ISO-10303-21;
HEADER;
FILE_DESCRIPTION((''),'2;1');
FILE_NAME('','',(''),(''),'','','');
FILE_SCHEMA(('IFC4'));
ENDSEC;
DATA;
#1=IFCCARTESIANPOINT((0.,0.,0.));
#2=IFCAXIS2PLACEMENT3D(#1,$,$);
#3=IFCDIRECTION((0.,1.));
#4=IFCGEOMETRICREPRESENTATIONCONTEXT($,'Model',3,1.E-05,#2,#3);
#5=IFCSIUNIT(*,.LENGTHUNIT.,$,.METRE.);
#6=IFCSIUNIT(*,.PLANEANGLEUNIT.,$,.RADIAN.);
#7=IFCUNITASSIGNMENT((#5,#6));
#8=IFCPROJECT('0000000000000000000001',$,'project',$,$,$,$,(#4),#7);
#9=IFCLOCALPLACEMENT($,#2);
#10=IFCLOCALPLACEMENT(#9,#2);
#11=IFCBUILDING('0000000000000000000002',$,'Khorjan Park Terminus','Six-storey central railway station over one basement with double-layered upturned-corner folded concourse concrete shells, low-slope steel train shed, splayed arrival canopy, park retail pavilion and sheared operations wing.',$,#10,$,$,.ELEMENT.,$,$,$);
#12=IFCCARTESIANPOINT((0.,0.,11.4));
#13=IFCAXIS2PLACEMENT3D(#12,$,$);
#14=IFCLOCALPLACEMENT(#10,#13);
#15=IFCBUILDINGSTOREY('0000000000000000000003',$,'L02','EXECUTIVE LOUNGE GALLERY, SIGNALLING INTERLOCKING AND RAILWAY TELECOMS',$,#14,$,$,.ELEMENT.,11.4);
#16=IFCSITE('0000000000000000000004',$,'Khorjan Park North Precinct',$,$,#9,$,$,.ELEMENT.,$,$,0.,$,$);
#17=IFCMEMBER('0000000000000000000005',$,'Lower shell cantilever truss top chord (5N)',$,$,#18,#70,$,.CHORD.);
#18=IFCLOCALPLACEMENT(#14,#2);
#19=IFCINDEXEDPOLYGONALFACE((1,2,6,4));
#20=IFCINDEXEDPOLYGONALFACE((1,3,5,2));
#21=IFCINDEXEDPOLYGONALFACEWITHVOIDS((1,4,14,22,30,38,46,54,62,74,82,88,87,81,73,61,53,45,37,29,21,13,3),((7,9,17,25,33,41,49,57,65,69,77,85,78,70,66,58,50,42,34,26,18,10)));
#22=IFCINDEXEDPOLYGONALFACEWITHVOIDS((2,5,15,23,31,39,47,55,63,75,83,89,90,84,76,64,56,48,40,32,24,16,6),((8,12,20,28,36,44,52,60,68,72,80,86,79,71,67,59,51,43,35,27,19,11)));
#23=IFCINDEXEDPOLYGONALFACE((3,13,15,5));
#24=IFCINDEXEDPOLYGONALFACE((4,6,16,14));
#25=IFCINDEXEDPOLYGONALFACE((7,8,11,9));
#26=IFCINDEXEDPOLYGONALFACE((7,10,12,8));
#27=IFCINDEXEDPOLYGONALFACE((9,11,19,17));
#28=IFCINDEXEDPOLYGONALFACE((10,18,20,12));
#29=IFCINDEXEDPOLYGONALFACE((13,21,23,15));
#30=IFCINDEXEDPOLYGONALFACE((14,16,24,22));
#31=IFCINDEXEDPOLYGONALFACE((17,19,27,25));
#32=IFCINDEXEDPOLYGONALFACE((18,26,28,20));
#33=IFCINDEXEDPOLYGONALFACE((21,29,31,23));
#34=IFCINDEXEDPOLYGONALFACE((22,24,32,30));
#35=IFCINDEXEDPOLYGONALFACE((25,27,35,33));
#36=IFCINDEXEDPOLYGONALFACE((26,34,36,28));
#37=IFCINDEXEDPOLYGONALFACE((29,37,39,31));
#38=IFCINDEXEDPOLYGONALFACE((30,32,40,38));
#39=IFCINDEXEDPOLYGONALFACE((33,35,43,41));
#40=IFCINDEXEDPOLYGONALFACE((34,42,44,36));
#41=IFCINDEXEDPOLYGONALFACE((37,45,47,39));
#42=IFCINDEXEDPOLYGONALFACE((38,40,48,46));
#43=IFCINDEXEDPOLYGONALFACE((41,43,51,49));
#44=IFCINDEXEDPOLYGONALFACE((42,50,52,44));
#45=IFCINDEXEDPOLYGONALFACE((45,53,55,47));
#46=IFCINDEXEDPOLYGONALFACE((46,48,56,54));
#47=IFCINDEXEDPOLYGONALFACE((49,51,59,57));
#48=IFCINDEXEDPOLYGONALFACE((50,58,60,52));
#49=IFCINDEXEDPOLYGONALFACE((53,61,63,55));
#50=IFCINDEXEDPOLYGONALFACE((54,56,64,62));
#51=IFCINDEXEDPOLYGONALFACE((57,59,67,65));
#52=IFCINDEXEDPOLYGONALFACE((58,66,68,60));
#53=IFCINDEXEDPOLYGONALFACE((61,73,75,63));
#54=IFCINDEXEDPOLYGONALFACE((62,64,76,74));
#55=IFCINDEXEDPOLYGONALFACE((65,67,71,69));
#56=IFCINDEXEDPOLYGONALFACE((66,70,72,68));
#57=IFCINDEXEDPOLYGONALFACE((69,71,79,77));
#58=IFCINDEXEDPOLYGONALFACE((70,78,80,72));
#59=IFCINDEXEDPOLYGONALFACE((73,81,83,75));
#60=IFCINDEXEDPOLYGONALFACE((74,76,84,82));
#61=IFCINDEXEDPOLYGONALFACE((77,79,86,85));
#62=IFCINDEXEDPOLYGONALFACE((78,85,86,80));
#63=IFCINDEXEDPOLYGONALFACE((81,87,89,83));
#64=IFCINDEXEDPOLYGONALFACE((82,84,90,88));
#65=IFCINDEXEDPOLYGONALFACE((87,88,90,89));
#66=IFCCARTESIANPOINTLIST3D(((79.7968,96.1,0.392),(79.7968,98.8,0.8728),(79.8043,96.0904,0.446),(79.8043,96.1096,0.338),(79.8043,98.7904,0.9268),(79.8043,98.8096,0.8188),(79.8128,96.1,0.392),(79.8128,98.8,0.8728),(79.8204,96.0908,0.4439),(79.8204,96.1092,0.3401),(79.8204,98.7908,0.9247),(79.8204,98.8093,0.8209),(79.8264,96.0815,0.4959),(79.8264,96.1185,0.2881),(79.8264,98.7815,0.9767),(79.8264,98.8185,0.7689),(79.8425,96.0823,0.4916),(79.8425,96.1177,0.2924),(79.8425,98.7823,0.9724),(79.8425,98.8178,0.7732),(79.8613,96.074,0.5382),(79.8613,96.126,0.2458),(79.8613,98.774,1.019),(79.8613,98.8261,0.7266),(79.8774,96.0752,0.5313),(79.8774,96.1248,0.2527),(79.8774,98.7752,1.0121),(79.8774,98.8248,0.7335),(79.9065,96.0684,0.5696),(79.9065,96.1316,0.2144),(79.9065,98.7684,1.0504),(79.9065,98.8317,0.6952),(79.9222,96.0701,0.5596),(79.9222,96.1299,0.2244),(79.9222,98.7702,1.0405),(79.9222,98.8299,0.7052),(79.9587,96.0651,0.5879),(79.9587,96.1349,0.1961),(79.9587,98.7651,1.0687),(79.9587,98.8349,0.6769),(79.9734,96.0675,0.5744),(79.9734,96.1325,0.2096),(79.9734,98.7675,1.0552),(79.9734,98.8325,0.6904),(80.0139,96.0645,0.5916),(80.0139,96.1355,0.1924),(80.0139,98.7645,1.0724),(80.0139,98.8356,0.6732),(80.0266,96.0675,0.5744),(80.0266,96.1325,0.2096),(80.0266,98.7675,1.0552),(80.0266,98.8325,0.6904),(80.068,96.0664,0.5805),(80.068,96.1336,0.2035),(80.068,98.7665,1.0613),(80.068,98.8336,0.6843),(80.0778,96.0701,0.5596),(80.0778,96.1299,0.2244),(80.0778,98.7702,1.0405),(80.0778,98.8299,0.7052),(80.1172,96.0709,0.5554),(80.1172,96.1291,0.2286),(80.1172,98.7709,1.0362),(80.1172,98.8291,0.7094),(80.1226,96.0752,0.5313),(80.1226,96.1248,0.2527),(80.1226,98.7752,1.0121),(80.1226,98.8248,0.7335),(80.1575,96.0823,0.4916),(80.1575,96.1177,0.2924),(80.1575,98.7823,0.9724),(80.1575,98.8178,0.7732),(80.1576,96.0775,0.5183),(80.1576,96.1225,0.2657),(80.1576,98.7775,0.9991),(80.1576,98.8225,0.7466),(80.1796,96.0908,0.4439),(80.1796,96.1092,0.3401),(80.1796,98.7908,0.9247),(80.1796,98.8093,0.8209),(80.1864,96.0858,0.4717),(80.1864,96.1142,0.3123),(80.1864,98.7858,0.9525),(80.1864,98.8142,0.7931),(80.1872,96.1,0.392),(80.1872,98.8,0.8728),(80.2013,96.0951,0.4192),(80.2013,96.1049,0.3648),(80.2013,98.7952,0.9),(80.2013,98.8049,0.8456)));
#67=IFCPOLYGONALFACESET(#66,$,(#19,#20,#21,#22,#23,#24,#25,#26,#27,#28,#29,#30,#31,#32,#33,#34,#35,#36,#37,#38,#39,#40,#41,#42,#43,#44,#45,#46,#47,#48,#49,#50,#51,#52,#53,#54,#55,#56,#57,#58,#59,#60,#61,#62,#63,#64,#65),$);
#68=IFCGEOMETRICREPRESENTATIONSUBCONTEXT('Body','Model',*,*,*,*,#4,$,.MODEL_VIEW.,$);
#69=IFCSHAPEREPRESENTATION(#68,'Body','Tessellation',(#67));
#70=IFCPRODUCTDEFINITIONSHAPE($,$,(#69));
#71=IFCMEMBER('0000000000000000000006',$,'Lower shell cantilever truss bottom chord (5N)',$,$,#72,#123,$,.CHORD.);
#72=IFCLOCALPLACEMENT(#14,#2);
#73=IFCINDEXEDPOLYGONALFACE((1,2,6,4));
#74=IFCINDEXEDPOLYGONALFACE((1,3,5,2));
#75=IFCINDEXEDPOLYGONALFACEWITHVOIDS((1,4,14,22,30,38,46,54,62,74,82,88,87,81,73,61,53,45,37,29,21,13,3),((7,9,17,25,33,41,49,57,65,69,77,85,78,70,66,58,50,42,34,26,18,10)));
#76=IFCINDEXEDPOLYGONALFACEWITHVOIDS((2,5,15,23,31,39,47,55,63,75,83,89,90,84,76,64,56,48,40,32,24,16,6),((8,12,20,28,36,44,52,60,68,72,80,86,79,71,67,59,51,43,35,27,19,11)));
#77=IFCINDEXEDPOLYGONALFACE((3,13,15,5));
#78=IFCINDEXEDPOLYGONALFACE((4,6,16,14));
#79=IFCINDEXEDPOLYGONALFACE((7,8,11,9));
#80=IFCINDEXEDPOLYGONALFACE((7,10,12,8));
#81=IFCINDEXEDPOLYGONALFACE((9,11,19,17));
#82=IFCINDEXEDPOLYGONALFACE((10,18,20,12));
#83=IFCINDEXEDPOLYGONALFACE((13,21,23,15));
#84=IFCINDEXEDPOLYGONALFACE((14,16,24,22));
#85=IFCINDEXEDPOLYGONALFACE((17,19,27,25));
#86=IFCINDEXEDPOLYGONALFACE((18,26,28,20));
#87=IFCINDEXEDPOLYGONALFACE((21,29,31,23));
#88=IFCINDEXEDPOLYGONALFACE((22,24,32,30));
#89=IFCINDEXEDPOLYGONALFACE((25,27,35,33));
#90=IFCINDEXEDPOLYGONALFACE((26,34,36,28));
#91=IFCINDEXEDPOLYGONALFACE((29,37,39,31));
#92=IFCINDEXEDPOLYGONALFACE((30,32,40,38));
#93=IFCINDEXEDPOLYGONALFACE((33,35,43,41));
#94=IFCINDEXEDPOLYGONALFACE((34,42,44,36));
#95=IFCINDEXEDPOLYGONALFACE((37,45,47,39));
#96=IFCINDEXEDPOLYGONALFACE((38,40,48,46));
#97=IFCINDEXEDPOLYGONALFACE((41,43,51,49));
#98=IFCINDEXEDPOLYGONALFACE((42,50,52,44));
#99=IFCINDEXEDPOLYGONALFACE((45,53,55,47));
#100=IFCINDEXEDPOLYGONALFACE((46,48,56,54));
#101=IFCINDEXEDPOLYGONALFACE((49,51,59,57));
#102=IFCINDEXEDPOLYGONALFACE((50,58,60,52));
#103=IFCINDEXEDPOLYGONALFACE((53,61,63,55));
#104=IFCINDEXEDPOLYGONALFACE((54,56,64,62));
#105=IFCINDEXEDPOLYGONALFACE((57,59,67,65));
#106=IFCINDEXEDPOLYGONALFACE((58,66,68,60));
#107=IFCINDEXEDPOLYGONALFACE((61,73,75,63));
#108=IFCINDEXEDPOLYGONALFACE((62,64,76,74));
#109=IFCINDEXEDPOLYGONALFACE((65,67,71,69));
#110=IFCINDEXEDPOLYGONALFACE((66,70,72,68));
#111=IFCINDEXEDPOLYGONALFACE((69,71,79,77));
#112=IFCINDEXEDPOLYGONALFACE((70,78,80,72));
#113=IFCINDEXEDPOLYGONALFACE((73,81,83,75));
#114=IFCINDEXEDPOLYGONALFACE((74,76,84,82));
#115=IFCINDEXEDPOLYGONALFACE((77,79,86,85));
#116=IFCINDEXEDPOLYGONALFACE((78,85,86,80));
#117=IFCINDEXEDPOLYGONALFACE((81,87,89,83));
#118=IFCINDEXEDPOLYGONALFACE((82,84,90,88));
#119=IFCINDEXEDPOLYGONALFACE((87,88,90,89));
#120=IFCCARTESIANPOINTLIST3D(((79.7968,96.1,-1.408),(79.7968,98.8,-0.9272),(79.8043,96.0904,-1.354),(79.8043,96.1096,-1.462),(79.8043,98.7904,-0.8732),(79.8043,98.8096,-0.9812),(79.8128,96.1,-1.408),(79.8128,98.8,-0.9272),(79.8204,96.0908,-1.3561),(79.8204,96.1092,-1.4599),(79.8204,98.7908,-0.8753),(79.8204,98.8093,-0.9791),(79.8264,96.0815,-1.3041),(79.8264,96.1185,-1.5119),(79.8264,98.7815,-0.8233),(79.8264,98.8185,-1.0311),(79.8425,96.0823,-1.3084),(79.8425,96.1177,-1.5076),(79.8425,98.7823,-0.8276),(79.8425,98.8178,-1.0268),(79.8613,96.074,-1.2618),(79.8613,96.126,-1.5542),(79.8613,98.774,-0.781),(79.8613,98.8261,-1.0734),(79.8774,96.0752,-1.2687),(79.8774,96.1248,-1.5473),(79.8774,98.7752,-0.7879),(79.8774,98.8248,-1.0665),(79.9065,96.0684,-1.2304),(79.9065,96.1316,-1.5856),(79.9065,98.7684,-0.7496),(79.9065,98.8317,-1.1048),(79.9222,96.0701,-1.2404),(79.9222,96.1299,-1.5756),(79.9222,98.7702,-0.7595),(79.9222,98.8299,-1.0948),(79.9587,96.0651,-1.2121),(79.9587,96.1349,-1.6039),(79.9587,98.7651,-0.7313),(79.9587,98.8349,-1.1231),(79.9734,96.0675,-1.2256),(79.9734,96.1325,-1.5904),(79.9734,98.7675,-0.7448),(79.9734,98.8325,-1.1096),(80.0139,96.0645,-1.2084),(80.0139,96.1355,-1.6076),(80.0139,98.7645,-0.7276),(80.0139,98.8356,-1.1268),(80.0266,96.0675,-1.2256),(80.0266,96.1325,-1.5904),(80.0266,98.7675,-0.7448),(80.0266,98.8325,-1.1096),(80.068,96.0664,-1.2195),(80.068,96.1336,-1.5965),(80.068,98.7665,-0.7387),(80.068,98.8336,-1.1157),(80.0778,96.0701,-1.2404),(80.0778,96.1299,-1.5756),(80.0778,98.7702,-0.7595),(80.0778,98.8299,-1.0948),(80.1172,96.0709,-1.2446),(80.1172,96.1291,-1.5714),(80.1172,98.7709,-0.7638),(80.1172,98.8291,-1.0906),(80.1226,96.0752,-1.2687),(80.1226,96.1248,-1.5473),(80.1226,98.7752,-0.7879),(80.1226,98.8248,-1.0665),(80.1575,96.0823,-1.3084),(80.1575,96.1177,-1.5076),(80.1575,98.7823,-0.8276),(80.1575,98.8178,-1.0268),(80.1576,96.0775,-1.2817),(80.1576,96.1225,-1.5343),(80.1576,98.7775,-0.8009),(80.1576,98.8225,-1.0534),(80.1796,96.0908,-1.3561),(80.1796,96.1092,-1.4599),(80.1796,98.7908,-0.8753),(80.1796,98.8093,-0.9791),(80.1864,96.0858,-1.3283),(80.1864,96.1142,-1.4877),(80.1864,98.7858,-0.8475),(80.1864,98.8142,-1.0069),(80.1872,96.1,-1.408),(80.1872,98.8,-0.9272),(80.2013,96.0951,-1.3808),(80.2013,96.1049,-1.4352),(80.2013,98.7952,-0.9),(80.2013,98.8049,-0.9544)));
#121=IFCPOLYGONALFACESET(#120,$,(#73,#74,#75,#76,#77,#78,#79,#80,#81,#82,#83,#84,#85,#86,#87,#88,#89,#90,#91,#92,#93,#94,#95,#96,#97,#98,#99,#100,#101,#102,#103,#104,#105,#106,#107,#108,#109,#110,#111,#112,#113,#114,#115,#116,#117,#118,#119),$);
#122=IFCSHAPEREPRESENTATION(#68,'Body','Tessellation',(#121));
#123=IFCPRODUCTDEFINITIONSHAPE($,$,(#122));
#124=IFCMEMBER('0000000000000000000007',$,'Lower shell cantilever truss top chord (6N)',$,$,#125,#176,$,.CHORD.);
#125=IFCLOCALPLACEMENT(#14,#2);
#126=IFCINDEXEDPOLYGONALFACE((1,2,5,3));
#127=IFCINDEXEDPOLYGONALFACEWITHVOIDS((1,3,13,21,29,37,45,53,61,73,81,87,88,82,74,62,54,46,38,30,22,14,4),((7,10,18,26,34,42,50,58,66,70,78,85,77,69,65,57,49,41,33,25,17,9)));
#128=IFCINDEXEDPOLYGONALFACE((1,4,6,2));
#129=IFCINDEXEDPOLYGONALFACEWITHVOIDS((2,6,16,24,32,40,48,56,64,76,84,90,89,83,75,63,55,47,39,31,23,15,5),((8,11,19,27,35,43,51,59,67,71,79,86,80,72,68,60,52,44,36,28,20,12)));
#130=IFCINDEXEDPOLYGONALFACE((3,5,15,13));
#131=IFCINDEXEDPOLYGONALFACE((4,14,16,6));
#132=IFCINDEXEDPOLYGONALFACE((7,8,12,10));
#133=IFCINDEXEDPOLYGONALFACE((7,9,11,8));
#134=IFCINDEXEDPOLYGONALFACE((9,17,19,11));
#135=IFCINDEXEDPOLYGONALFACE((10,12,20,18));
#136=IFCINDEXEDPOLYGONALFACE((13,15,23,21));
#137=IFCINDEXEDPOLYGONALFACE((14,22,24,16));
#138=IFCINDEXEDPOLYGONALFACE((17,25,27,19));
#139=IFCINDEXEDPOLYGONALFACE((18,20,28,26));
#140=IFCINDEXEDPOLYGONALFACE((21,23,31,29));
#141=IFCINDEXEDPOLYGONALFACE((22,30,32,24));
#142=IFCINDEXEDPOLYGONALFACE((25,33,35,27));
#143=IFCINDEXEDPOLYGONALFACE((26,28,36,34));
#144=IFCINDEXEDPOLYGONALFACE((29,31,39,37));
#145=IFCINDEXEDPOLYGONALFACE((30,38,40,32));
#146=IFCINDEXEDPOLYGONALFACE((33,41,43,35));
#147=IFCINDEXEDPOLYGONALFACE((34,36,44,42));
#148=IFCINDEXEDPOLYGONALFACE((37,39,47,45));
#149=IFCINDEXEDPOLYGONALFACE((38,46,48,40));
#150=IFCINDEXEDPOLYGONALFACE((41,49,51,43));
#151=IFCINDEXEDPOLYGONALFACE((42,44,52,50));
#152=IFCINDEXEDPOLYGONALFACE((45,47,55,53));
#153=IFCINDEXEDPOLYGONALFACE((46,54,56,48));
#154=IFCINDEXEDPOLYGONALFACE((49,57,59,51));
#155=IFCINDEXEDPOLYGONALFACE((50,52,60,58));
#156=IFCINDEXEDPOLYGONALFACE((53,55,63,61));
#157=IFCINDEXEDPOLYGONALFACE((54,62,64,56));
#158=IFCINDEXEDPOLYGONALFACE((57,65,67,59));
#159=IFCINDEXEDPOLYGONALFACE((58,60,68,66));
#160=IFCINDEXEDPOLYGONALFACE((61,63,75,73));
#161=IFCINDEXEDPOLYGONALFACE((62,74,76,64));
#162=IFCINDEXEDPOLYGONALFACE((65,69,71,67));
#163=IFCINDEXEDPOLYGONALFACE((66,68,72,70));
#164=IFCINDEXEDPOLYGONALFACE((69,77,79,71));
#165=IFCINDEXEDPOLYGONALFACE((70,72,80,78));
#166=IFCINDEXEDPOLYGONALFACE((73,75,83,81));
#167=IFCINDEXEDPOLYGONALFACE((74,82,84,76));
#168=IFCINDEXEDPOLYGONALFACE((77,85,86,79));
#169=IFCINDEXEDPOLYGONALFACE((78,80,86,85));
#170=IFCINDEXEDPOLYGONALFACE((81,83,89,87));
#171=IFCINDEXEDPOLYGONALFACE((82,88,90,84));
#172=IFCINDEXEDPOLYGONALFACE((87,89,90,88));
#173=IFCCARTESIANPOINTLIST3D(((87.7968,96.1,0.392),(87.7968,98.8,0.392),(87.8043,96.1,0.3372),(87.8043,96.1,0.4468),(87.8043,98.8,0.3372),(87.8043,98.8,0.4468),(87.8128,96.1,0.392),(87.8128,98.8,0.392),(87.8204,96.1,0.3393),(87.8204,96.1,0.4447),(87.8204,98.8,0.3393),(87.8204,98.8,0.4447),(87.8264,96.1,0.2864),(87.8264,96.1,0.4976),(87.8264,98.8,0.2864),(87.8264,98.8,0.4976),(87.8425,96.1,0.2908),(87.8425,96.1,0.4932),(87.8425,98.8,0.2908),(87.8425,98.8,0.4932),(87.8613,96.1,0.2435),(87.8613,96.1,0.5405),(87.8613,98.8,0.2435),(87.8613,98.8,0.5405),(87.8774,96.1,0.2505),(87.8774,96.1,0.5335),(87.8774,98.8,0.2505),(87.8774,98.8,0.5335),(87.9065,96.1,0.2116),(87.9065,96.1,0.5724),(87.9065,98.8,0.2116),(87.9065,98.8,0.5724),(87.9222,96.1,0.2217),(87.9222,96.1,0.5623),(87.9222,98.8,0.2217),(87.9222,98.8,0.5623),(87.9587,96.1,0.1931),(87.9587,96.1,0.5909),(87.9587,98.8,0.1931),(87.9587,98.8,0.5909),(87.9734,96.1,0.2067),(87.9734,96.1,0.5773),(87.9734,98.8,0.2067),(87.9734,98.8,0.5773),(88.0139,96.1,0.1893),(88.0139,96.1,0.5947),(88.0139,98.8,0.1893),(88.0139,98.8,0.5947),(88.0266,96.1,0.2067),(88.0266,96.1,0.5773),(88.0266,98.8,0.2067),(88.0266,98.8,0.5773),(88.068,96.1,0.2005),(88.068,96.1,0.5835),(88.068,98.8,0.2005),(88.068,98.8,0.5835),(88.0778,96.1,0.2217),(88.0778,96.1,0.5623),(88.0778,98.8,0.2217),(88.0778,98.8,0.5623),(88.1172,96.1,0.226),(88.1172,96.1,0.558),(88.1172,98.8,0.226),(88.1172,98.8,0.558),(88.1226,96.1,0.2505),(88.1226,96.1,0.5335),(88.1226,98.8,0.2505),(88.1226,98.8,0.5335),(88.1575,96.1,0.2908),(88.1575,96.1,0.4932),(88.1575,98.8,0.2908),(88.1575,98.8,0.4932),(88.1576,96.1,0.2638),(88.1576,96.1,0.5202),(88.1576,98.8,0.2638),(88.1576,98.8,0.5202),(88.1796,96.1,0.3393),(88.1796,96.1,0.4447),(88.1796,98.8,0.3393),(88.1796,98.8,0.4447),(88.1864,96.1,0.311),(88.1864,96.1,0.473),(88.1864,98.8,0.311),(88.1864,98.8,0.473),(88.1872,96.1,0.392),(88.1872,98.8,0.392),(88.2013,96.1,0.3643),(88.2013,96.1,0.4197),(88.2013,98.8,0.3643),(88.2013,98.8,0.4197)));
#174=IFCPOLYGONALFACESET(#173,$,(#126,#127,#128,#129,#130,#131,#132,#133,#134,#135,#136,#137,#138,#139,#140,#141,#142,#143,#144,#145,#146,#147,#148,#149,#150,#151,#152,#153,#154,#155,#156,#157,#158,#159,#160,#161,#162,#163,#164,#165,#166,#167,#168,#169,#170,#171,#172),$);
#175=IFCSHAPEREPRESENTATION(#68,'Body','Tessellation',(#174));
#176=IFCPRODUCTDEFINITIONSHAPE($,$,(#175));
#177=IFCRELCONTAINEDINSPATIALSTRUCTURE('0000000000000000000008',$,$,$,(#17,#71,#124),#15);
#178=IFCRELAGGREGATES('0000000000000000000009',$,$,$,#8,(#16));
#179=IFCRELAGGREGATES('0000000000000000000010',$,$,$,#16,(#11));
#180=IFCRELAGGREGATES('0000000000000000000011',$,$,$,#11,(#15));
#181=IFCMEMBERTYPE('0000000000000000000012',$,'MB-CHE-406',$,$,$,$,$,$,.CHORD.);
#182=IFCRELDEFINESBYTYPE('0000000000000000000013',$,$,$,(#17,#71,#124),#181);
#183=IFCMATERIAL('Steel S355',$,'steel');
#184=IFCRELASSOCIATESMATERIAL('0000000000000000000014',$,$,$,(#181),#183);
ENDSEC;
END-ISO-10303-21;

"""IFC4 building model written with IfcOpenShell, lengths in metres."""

from ifc_helpers import new_model, si_unit, direction, frame, origin, origin_2d, place, context, subcontext, project, spatial, hollow_circle, extrude, material, material_profile, profile_set, type_object, element, save


model = new_model("IFC4")

# Units and contexts
model_context = context("Model", 3, precision=1e-05, world=origin(), true_north=direction((0.0, 1.0)))
body_context = subcontext(model_context, "Body", "Model", "MODEL_VIEW")
ifc_project = project(units=[si_unit("LENGTHUNIT", "METRE"), si_unit("PLANEANGLEUNIT", "RADIAN")], contexts=[model_context])

# Site, building, storey
site_placement = place(None, origin())
site = spatial("IfcSite", under=ifc_project, at=site_placement, Name="Khorjan Park North Precinct", CompositionType="ELEMENT", RefElevation=0.0)
building_placement = place(site_placement, origin())
building = spatial("IfcBuilding", under=site, at=building_placement, Name="Khorjan Park Terminus", Description="Six-storey central railway station over one basement with double-layered upturned-corner folded concourse concrete shells, low-slope steel train shed, splayed arrival canopy, park retail pavilion and sheared operations wing.", CompositionType="ELEMENT")
storey_placement = place(building_placement, frame((0.0, 0.0, 11.4)))
storey = spatial("IfcBuildingStorey", under=building, at=storey_placement, Name="L02", Description="EXECUTIVE LOUNGE GALLERY, SIGNALLING INTERLOCKING AND RAILWAY TELECOMS", CompositionType="ELEMENT", Elevation=11.4)

# Members
ifc_material_1 = material(Name="Steel S355", Category="steel")
ifc_material_profile_1 = material_profile(ifc_material_1, hollow_circle(Radius=0.2032, WallThickness=0.016, at=origin_2d()), Name="CHS 406.4x16")
ifc_profile_set_1 = profile_set([ifc_material_profile_1], Name="Steel S355")
member_type_1 = type_object("IfcMemberType", Name="MB-CHE-406", PredefinedType="CHORD", material=ifc_profile_set_1)
for number, where, z_axis, x_axis, name in (
    (1, (80.0, 96.1, 0.392), (0.0, 0.984512, 0.175316), (-1.0, 0.0, 0.0), "Lower shell cantilever truss top chord (5N)"),
    (2, (80.0, 96.1, -1.408), (0.0, 0.984512, 0.175316), (-1.0, 0.0, 0.0), "Lower shell cantilever truss bottom chord (5N)"),
):
    element("IfcMember", number, at=place(storey_placement, frame(where, z_axis=z_axis, x_axis=x_axis)), inside=storey, type_object=member_type_1, Name=name, PredefinedType="CHORD", context=body_context, shape_type="SweptSolid", body=[
        extrude(hollow_circle(Radius=0.2032, WallThickness=0.016, at=origin_2d()), origin(), (0.0, 0.0, 1.0), 2.7425),
    ])
for number, where, z_axis, x_axis, name in (
    (3, (88.0, 96.1, 0.392), (0.0, 1.0, 0.0), (-1.0, 0.0, 0.0), "Lower shell cantilever truss top chord (6N)"),
):
    element("IfcMember", number, at=place(storey_placement, frame(where, z_axis=z_axis, x_axis=x_axis)), inside=storey, type_object=member_type_1, Name=name, PredefinedType="CHORD", context=body_context, shape_type="SweptSolid", body=[
        extrude(hollow_circle(Radius=0.2032, WallThickness=0.016, at=origin_2d()), origin(), (0.0, 0.0, 1.0), 2.7),
    ])

save(model, "model.ifc")
